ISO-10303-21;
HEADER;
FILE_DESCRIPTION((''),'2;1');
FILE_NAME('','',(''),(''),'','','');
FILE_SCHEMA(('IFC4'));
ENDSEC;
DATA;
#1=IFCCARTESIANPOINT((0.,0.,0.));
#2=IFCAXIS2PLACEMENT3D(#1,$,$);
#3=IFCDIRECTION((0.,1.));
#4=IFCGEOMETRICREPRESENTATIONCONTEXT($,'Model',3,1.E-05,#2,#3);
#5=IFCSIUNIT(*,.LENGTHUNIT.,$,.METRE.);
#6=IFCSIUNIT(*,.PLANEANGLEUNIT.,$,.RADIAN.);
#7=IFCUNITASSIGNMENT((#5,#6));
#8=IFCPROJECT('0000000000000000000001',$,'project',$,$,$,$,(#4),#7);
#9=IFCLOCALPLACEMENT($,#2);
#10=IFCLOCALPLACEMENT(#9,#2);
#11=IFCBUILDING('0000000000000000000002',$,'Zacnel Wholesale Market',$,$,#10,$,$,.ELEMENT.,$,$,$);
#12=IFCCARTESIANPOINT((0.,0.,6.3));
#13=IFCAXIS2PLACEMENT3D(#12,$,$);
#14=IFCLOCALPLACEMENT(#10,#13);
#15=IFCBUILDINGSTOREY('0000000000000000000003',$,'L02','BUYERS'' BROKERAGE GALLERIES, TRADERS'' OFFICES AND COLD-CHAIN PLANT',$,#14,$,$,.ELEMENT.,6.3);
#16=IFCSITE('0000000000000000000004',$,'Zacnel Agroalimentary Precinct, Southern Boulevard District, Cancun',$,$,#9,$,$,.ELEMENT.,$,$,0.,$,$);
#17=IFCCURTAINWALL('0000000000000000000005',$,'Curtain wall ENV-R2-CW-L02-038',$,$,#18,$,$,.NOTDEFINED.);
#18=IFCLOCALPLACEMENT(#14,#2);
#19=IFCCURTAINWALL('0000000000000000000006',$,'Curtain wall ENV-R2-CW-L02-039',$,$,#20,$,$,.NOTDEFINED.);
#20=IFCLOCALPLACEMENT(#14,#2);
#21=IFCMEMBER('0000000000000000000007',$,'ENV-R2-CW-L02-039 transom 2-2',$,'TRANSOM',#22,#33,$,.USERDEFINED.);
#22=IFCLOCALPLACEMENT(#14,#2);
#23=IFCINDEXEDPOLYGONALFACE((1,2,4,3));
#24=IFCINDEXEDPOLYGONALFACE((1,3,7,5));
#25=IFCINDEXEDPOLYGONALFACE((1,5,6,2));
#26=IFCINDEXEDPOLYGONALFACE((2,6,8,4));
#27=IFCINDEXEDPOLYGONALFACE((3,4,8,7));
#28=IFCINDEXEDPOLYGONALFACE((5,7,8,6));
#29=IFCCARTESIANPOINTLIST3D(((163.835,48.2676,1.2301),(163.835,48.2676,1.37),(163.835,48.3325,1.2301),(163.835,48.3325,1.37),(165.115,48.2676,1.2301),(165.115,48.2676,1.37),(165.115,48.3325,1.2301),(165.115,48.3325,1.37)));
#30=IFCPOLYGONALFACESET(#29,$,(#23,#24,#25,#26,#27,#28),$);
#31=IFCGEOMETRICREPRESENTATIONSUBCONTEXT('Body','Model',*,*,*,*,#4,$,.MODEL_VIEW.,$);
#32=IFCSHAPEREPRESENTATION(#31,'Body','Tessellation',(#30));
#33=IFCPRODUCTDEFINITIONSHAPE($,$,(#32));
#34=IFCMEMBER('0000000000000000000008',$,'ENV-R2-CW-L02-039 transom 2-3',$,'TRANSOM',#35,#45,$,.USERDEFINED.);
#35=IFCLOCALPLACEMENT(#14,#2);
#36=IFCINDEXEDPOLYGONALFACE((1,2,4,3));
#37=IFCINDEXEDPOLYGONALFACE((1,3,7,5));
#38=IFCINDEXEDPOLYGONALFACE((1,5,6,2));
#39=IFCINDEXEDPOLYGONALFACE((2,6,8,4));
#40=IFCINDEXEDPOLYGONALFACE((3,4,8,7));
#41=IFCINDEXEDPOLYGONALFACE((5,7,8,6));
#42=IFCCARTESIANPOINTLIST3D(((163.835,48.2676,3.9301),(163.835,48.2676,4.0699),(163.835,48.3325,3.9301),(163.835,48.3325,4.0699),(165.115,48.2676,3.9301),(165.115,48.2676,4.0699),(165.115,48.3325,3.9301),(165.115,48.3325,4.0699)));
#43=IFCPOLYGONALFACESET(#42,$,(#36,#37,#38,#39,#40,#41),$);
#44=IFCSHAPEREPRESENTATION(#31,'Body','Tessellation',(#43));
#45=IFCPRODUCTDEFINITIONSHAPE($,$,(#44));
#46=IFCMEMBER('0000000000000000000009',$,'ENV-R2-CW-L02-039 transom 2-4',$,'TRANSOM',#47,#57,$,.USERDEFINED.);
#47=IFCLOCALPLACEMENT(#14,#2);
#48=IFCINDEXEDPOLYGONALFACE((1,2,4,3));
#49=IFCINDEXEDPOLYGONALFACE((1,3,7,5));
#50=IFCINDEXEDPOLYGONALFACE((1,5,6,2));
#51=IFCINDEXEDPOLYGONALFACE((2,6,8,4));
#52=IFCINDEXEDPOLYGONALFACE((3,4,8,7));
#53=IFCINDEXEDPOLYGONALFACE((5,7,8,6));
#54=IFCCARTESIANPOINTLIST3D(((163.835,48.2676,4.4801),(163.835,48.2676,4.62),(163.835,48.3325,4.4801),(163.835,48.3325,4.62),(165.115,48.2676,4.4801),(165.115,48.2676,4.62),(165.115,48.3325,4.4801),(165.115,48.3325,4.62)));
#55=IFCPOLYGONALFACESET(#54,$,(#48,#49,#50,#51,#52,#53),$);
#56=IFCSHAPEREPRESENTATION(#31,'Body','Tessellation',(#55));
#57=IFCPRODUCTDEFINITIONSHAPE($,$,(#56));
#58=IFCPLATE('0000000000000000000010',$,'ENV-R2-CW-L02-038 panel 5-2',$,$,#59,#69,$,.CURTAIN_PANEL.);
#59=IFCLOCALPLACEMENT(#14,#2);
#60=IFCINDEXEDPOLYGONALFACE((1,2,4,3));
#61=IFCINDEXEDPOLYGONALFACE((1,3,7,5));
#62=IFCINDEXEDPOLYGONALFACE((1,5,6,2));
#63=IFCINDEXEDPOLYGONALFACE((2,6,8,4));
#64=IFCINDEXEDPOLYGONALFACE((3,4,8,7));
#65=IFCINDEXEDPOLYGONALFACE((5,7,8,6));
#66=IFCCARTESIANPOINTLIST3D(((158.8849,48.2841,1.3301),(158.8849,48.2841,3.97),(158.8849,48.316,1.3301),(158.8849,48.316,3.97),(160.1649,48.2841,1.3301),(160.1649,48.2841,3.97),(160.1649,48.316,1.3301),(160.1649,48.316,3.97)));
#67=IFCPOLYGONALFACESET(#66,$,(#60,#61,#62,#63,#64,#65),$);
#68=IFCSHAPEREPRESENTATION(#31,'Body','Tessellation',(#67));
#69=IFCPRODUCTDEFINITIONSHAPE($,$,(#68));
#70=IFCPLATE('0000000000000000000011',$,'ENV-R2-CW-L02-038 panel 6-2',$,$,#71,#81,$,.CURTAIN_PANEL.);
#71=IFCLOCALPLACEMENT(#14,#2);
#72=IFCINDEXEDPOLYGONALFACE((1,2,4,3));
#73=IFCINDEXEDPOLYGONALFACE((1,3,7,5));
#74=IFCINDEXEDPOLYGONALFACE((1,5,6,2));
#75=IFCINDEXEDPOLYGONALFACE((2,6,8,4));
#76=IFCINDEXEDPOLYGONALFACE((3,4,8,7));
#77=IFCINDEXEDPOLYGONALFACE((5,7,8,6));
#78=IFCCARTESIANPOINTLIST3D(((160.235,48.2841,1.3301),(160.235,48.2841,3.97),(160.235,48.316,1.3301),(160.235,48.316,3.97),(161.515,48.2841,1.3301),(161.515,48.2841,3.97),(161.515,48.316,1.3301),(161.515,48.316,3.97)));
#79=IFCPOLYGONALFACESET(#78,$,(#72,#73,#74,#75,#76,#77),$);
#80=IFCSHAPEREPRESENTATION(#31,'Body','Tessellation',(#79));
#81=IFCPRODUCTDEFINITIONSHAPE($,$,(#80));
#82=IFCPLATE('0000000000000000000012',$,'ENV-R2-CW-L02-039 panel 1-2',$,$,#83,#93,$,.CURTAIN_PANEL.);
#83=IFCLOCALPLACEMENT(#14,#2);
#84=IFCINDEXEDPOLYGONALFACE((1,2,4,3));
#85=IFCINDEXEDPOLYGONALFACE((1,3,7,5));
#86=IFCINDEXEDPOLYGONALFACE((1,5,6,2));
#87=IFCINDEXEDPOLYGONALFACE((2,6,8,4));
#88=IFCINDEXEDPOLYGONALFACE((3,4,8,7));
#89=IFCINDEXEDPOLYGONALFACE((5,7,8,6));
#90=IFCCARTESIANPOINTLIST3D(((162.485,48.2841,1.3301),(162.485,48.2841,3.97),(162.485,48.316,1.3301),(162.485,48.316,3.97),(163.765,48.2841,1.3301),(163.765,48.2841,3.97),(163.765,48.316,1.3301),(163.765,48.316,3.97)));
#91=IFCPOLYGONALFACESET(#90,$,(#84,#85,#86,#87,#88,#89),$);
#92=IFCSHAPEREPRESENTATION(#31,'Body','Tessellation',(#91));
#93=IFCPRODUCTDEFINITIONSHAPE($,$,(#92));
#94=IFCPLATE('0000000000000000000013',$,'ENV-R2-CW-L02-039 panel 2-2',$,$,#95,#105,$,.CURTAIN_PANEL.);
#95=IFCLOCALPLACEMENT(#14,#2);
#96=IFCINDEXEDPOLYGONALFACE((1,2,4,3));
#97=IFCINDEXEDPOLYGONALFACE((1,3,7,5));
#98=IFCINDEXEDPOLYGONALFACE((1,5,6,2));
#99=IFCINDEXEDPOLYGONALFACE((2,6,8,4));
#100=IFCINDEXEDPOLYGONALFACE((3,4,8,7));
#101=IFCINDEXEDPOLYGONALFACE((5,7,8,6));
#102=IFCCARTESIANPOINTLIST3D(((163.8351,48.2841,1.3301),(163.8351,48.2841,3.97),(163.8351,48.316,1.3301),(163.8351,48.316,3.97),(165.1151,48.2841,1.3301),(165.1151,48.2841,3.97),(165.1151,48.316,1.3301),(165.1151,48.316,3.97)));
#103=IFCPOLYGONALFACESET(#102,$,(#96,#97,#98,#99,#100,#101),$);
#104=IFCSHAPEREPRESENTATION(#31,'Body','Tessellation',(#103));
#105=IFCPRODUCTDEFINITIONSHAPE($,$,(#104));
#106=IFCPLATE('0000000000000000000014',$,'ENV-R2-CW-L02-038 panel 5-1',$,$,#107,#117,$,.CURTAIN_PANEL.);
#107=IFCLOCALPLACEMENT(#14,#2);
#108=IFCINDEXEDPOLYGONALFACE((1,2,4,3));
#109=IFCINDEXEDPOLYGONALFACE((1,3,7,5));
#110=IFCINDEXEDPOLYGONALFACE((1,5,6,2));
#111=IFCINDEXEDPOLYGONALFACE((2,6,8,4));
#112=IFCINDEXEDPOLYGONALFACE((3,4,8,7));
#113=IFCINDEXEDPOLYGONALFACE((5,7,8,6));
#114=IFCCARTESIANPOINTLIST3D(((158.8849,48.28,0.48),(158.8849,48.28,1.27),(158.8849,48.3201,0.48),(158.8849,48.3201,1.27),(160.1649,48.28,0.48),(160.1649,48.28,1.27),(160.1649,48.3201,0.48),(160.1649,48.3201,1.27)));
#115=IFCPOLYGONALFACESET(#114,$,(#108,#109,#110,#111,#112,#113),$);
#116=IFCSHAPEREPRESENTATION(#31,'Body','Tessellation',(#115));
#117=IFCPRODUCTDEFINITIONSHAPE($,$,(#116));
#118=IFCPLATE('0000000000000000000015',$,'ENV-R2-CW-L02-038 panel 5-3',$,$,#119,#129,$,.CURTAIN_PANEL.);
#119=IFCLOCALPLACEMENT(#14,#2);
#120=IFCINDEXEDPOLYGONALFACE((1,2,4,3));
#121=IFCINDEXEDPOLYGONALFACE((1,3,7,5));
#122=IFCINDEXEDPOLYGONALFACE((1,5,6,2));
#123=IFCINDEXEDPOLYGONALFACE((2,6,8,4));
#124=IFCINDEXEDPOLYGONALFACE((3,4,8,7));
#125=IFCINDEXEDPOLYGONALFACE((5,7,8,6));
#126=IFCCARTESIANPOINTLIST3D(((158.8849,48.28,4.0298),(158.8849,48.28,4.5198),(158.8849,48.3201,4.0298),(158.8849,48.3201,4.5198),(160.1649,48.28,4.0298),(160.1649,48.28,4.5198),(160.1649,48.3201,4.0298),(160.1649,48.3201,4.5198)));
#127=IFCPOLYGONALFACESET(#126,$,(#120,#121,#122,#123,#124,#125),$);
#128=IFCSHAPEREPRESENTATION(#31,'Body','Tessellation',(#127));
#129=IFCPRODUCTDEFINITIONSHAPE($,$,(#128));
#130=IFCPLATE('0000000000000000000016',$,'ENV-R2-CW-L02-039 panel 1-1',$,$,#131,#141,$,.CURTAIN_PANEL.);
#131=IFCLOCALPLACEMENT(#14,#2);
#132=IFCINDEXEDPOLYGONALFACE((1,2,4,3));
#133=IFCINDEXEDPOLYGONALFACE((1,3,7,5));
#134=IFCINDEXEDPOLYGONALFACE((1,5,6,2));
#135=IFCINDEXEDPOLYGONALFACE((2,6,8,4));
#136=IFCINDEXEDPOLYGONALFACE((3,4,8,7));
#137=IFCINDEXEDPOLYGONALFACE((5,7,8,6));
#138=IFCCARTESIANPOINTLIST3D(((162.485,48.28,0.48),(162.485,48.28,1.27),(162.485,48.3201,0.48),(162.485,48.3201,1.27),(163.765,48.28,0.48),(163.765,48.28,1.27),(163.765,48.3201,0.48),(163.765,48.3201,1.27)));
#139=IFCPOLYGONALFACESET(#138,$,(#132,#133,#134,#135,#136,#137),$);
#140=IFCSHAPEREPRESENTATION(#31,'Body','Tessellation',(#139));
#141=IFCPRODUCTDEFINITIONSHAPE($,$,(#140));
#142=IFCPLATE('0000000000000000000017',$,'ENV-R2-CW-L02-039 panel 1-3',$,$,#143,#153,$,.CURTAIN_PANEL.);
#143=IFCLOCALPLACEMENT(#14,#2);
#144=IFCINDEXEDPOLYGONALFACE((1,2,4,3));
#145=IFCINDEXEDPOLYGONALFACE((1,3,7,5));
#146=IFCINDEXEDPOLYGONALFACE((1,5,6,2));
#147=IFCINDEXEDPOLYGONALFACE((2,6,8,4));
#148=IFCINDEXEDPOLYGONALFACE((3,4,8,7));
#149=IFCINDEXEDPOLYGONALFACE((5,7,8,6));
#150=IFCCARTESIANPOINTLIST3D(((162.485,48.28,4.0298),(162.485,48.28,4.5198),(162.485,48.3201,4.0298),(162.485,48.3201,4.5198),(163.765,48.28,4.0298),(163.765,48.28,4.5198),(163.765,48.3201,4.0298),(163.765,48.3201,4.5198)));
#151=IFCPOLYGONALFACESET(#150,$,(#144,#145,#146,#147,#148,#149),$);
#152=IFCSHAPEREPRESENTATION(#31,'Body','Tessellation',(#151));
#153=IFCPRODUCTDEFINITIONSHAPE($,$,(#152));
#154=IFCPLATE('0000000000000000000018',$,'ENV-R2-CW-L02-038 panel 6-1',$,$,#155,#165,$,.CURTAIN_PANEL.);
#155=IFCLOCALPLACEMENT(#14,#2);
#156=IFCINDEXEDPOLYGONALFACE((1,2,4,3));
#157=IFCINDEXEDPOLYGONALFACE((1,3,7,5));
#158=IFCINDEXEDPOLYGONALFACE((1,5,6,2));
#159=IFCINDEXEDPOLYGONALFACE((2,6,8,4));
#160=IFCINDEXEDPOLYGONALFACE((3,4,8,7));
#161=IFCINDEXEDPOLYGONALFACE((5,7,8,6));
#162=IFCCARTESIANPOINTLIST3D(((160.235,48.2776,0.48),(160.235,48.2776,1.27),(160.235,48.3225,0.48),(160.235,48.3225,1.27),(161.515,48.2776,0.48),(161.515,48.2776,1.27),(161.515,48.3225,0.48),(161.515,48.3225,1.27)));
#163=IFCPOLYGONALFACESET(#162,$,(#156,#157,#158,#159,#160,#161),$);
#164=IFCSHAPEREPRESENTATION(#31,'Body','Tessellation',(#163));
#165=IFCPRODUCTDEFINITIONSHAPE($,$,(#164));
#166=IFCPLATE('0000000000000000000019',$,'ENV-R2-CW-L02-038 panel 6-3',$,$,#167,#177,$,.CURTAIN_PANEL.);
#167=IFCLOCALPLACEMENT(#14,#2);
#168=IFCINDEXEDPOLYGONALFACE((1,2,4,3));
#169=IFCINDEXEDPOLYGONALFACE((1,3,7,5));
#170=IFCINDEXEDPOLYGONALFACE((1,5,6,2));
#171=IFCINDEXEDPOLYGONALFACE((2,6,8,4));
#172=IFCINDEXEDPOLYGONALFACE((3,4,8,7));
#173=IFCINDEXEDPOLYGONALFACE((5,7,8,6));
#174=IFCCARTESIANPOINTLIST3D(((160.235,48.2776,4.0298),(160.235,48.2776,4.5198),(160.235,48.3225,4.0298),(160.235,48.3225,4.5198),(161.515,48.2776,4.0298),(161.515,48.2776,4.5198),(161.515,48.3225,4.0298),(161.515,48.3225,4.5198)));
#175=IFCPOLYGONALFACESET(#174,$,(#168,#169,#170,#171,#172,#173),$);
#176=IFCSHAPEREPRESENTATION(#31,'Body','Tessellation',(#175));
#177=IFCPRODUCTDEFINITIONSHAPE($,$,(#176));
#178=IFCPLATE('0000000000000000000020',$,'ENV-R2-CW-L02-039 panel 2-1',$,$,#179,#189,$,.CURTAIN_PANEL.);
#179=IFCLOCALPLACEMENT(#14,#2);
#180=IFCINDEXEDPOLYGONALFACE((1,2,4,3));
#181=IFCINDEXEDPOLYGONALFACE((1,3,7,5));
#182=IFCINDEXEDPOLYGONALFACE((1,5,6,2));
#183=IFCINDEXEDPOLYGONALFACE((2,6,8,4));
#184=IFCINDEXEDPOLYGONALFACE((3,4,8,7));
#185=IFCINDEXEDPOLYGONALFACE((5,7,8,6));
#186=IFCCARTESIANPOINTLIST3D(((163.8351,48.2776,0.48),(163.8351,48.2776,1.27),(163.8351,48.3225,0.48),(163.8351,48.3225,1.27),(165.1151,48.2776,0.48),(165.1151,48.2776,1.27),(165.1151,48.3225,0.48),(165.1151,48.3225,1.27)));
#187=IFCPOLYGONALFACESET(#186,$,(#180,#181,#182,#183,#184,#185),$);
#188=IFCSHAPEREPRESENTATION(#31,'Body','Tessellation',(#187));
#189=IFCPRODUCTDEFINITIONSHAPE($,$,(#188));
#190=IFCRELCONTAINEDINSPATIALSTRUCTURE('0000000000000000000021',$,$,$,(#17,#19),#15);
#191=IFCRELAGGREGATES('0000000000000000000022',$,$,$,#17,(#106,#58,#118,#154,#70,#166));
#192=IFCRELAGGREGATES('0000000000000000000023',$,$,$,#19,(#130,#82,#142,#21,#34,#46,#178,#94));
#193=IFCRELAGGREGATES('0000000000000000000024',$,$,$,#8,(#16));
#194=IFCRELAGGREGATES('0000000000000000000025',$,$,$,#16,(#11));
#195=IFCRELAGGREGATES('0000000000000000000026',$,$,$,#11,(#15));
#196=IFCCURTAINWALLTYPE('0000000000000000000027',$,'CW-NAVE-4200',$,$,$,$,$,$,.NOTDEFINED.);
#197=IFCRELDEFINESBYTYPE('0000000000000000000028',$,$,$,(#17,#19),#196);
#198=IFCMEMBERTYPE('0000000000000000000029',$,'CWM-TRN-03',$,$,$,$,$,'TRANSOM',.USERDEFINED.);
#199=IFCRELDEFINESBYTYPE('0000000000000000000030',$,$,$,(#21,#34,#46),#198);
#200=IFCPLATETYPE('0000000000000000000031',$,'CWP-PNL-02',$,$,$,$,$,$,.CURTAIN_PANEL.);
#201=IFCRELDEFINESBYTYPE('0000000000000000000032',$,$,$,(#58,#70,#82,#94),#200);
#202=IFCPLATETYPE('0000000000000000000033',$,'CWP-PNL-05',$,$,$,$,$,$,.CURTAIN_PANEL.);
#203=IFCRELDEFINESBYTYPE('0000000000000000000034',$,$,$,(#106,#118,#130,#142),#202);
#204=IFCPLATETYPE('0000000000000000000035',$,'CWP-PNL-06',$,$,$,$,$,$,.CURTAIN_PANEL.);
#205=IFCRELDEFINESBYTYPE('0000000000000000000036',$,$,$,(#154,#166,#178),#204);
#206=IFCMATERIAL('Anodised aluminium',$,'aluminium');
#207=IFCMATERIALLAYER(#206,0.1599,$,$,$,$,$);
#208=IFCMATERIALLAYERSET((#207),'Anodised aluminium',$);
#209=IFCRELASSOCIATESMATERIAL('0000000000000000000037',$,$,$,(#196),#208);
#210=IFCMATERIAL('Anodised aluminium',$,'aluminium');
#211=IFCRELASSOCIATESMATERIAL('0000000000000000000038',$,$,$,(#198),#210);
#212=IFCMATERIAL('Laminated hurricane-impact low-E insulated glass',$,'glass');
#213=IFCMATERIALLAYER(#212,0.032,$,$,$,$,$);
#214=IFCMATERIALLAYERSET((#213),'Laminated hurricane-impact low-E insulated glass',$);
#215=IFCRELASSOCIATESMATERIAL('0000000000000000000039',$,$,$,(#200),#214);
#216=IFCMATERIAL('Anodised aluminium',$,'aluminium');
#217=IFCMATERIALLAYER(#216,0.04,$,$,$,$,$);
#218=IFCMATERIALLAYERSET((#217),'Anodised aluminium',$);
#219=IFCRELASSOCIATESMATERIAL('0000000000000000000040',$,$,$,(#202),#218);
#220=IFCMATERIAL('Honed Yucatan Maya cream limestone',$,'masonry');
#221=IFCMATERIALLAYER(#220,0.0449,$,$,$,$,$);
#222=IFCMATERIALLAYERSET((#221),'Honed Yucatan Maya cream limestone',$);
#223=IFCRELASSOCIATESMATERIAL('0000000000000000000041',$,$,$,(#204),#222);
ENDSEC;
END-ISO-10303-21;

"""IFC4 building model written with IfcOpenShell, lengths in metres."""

from ifc_helpers import new_model, si_unit, direction, frame, origin, origin_2d, place, context, subcontext, project, spatial, rectangle, extrude, material, layer, layer_set, material_profile, profile_set, type_object, element, aggregate, save


model = new_model("IFC4")

# Units and contexts
model_context = context("Model", 3, precision=1e-05, world=origin(), true_north=direction((0.0, 1.0)))
body_context = subcontext(model_context, "Body", "Model", "MODEL_VIEW")
ifc_project = project(units=[si_unit("LENGTHUNIT", "METRE"), si_unit("PLANEANGLEUNIT", "RADIAN")], contexts=[model_context])

# Site, building, storey
site_placement = place(None, origin())
site = spatial("IfcSite", under=ifc_project, at=site_placement, Name="Zacnel Agroalimentary Precinct, Southern Boulevard District, Cancun", CompositionType="ELEMENT", RefElevation=0.0)
building_placement = place(site_placement, origin())
building = spatial("IfcBuilding", under=site, at=building_placement, Name="Zacnel Wholesale Market", CompositionType="ELEMENT")
storey_placement = place(building_placement, frame((0.0, 0.0, 6.3)))
storey = spatial("IfcBuildingStorey", under=building, at=storey_placement, Name="L02", Description="BUYERS' BROKERAGE GALLERIES, TRADERS' OFFICES AND COLD-CHAIN PLANT", CompositionType="ELEMENT", Elevation=6.3)

# Curtain walls
ifc_material_1 = material(Name="Anodised aluminium", Category="aluminium")
ifc_layer_1 = layer(ifc_material_1, 0.1599)
ifc_layer_set_1 = layer_set([ifc_layer_1], Name="Anodised aluminium")
curtain_wall_type = type_object("IfcCurtainWallType", Name="CW-NAVE-4200", PredefinedType="NOTDEFINED", material=ifc_layer_set_1)
curtain_wall_1_placement = place(storey_placement, origin())
curtain_wall_1 = element("IfcCurtainWall", 1, at=curtain_wall_1_placement, inside=storey, type_object=curtain_wall_type, Name="Curtain wall ENV-R2-CW-L02-038", PredefinedType="NOTDEFINED")
curtain_wall_2_placement = place(storey_placement, origin())
curtain_wall_2 = element("IfcCurtainWall", 2, at=curtain_wall_2_placement, inside=storey, type_object=curtain_wall_type, Name="Curtain wall ENV-R2-CW-L02-039", PredefinedType="NOTDEFINED")

# Members
ifc_material_2 = material(Name="Anodised aluminium", Category="aluminium")
ifc_material_profile_1 = material_profile(ifc_material_2, rectangle(XDim=0.0649, YDim=0.1399, at=origin_2d()), Name="AW-TRANSOM 65x140")
ifc_profile_set_1 = profile_set([ifc_material_profile_1], Name="Anodised aluminium")
member_type_1 = type_object("IfcMemberType", Name="CWM-TRN-03", ElementType="TRANSOM", PredefinedType="USERDEFINED", material=ifc_profile_set_1)
member_1_placement = place(storey_placement, frame((163.835, 48.3, 1.3), z_axis=(1.0, 0.0, 0.0), x_axis=(0.0, 1.0, 0.0)))
member_1 = element("IfcMember", 3, at=member_1_placement, type_object=member_type_1, Name="ENV-R2-CW-L02-039 transom 2-2", ObjectType="TRANSOM", PredefinedType="USERDEFINED", context=body_context, shape_type="SweptSolid", body=[
    extrude(rectangle(XDim=0.0649, YDim=0.1399, at=origin_2d()), origin(), (0.0, 0.0, 1.0), 1.28),
])
member_2_placement = place(storey_placement, frame((163.835, 48.3, 4.0), z_axis=(1.0, 0.0, 0.0), x_axis=(0.0, 1.0, 0.0)))
member_2 = element("IfcMember", 4, at=member_2_placement, type_object=member_type_1, Name="ENV-R2-CW-L02-039 transom 2-3", ObjectType="TRANSOM", PredefinedType="USERDEFINED", context=body_context, shape_type="SweptSolid", body=[
    extrude(rectangle(XDim=0.0649, YDim=0.1399, at=origin_2d()), origin(), (0.0, 0.0, 1.0), 1.28),
])
member_3_placement = place(storey_placement, frame((163.835, 48.3, 4.55), z_axis=(1.0, 0.0, 0.0), x_axis=(0.0, 1.0, 0.0)))
member_3 = element("IfcMember", 5, at=member_3_placement, type_object=member_type_1, Name="ENV-R2-CW-L02-039 transom 2-4", ObjectType="TRANSOM", PredefinedType="USERDEFINED", context=body_context, shape_type="SweptSolid", body=[
    extrude(rectangle(XDim=0.0649, YDim=0.1399, at=origin_2d()), origin(), (0.0, 0.0, 1.0), 1.28),
])

# Plates
ifc_material_3 = material(Name="Laminated hurricane-impact low-E insulated glass", Category="glass")
ifc_layer_2 = layer(ifc_material_3, 0.032)
ifc_layer_set_2 = layer_set([ifc_layer_2], Name="Laminated hurricane-impact low-E insulated glass")
plate_type_1 = type_object("IfcPlateType", Name="CWP-PNL-02", PredefinedType="CURTAIN_PANEL", material=ifc_layer_set_2)
plate_1_placement = place(storey_placement, frame((159.5249, 48.3, 1.3301), z_axis=(0.0, 0.0, 1.0), x_axis=(1.0, 0.0, 0.0)))
plate_1 = element("IfcPlate", 6, at=plate_1_placement, type_object=plate_type_1, Name="ENV-R2-CW-L02-038 panel 5-2", PredefinedType="CURTAIN_PANEL", context=body_context, shape_type="SweptSolid", body=[
    extrude(rectangle(XDim=1.28, YDim=0.032, at=origin_2d()), origin(), (0.0, 0.0, 1.0), 2.6399),
])
plate_2_placement = place(storey_placement, frame((160.875, 48.3, 1.3301), z_axis=(0.0, 0.0, 1.0), x_axis=(1.0, 0.0, 0.0)))
plate_2 = element("IfcPlate", 7, at=plate_2_placement, type_object=plate_type_1, Name="ENV-R2-CW-L02-038 panel 6-2", PredefinedType="CURTAIN_PANEL", context=body_context, shape_type="SweptSolid", body=[
    extrude(rectangle(XDim=1.28, YDim=0.032, at=origin_2d()), origin(), (0.0, 0.0, 1.0), 2.6399),
])
plate_3_placement = place(storey_placement, frame((163.125, 48.3, 1.3301), z_axis=(0.0, 0.0, 1.0), x_axis=(1.0, 0.0, 0.0)))
plate_3 = element("IfcPlate", 8, at=plate_3_placement, type_object=plate_type_1, Name="ENV-R2-CW-L02-039 panel 1-2", PredefinedType="CURTAIN_PANEL", context=body_context, shape_type="SweptSolid", body=[
    extrude(rectangle(XDim=1.28, YDim=0.032, at=origin_2d()), origin(), (0.0, 0.0, 1.0), 2.6399),
])
plate_4_placement = place(storey_placement, frame((164.4751, 48.3, 1.3301), z_axis=(0.0, 0.0, 1.0), x_axis=(1.0, 0.0, 0.0)))
plate_4 = element("IfcPlate", 9, at=plate_4_placement, type_object=plate_type_1, Name="ENV-R2-CW-L02-039 panel 2-2", PredefinedType="CURTAIN_PANEL", context=body_context, shape_type="SweptSolid", body=[
    extrude(rectangle(XDim=1.28, YDim=0.032, at=origin_2d()), origin(), (0.0, 0.0, 1.0), 2.6399),
])
ifc_material_4 = material(Name="Anodised aluminium", Category="aluminium")
ifc_layer_3 = layer(ifc_material_4, 0.04)
ifc_layer_set_3 = layer_set([ifc_layer_3], Name="Anodised aluminium")
plate_type_2 = type_object("IfcPlateType", Name="CWP-PNL-05", PredefinedType="CURTAIN_PANEL", material=ifc_layer_set_3)
plate_5_placement = place(storey_placement, frame((159.5249, 48.3, 0.48), z_axis=(0.0, 0.0, 1.0), x_axis=(1.0, 0.0, 0.0)))
plate_5 = element("IfcPlate", 10, at=plate_5_placement, type_object=plate_type_2, Name="ENV-R2-CW-L02-038 panel 5-1", PredefinedType="CURTAIN_PANEL", context=body_context, shape_type="SweptSolid", body=[
    extrude(rectangle(XDim=1.28, YDim=0.04, at=origin_2d()), origin(), (0.0, 0.0, 1.0), 0.79),
])
plate_6_placement = place(storey_placement, frame((159.5249, 48.3, 4.0298), z_axis=(0.0, 0.0, 1.0), x_axis=(1.0, 0.0, 0.0)))
plate_6 = element("IfcPlate", 11, at=plate_6_placement, type_object=plate_type_2, Name="ENV-R2-CW-L02-038 panel 5-3", PredefinedType="CURTAIN_PANEL", context=body_context, shape_type="SweptSolid", body=[
    extrude(rectangle(XDim=1.28, YDim=0.04, at=origin_2d()), origin(), (0.0, 0.0, 1.0), 0.49),
])
plate_7_placement = place(storey_placement, frame((163.125, 48.3, 0.48), z_axis=(0.0, 0.0, 1.0), x_axis=(1.0, 0.0, 0.0)))
plate_7 = element("IfcPlate", 12, at=plate_7_placement, type_object=plate_type_2, Name="ENV-R2-CW-L02-039 panel 1-1", PredefinedType="CURTAIN_PANEL", context=body_context, shape_type="SweptSolid", body=[
    extrude(rectangle(XDim=1.28, YDim=0.04, at=origin_2d()), origin(), (0.0, 0.0, 1.0), 0.79),
])
plate_8_placement = place(storey_placement, frame((163.125, 48.3, 4.0298), z_axis=(0.0, 0.0, 1.0), x_axis=(1.0, 0.0, 0.0)))
plate_8 = element("IfcPlate", 13, at=plate_8_placement, type_object=plate_type_2, Name="ENV-R2-CW-L02-039 panel 1-3", PredefinedType="CURTAIN_PANEL", context=body_context, shape_type="SweptSolid", body=[
    extrude(rectangle(XDim=1.28, YDim=0.04, at=origin_2d()), origin(), (0.0, 0.0, 1.0), 0.49),
])
ifc_material_5 = material(Name="Honed Yucatan Maya cream limestone", Category="masonry")
ifc_layer_4 = layer(ifc_material_5, 0.0449)
ifc_layer_set_4 = layer_set([ifc_layer_4], Name="Honed Yucatan Maya cream limestone")
plate_type_3 = type_object("IfcPlateType", Name="CWP-PNL-06", PredefinedType="CURTAIN_PANEL", material=ifc_layer_set_4)
plate_9_placement = place(storey_placement, frame((160.875, 48.3, 0.48), z_axis=(0.0, 0.0, 1.0), x_axis=(1.0, 0.0, 0.0)))
plate_9 = element("IfcPlate", 14, at=plate_9_placement, type_object=plate_type_3, Name="ENV-R2-CW-L02-038 panel 6-1", PredefinedType="CURTAIN_PANEL", context=body_context, shape_type="SweptSolid", body=[
    extrude(rectangle(XDim=1.28, YDim=0.0449, at=origin_2d()), origin(), (0.0, 0.0, 1.0), 0.79),
])
plate_10_placement = place(storey_placement, frame((160.875, 48.3, 4.0298), z_axis=(0.0, 0.0, 1.0), x_axis=(1.0, 0.0, 0.0)))
plate_10 = element("IfcPlate", 15, at=plate_10_placement, type_object=plate_type_3, Name="ENV-R2-CW-L02-038 panel 6-3", PredefinedType="CURTAIN_PANEL", context=body_context, shape_type="SweptSolid", body=[
    extrude(rectangle(XDim=1.28, YDim=0.0449, at=origin_2d()), origin(), (0.0, 0.0, 1.0), 0.49),
])
aggregate(curtain_wall_1, [plate_5, plate_1, plate_6, plate_9, plate_2, plate_10])
plate_11_placement = place(storey_placement, frame((164.4751, 48.3, 0.48), z_axis=(0.0, 0.0, 1.0), x_axis=(1.0, 0.0, 0.0)))
plate_11 = element("IfcPlate", 16, at=plate_11_placement, type_object=plate_type_3, Name="ENV-R2-CW-L02-039 panel 2-1", PredefinedType="CURTAIN_PANEL", context=body_context, shape_type="SweptSolid", body=[
    extrude(rectangle(XDim=1.28, YDim=0.0449, at=origin_2d()), origin(), (0.0, 0.0, 1.0), 0.79),
])
aggregate(curtain_wall_2, [plate_7, plate_3, plate_8, member_1, member_2, member_3, plate_11, plate_4])

save(model, "model.ifc")
